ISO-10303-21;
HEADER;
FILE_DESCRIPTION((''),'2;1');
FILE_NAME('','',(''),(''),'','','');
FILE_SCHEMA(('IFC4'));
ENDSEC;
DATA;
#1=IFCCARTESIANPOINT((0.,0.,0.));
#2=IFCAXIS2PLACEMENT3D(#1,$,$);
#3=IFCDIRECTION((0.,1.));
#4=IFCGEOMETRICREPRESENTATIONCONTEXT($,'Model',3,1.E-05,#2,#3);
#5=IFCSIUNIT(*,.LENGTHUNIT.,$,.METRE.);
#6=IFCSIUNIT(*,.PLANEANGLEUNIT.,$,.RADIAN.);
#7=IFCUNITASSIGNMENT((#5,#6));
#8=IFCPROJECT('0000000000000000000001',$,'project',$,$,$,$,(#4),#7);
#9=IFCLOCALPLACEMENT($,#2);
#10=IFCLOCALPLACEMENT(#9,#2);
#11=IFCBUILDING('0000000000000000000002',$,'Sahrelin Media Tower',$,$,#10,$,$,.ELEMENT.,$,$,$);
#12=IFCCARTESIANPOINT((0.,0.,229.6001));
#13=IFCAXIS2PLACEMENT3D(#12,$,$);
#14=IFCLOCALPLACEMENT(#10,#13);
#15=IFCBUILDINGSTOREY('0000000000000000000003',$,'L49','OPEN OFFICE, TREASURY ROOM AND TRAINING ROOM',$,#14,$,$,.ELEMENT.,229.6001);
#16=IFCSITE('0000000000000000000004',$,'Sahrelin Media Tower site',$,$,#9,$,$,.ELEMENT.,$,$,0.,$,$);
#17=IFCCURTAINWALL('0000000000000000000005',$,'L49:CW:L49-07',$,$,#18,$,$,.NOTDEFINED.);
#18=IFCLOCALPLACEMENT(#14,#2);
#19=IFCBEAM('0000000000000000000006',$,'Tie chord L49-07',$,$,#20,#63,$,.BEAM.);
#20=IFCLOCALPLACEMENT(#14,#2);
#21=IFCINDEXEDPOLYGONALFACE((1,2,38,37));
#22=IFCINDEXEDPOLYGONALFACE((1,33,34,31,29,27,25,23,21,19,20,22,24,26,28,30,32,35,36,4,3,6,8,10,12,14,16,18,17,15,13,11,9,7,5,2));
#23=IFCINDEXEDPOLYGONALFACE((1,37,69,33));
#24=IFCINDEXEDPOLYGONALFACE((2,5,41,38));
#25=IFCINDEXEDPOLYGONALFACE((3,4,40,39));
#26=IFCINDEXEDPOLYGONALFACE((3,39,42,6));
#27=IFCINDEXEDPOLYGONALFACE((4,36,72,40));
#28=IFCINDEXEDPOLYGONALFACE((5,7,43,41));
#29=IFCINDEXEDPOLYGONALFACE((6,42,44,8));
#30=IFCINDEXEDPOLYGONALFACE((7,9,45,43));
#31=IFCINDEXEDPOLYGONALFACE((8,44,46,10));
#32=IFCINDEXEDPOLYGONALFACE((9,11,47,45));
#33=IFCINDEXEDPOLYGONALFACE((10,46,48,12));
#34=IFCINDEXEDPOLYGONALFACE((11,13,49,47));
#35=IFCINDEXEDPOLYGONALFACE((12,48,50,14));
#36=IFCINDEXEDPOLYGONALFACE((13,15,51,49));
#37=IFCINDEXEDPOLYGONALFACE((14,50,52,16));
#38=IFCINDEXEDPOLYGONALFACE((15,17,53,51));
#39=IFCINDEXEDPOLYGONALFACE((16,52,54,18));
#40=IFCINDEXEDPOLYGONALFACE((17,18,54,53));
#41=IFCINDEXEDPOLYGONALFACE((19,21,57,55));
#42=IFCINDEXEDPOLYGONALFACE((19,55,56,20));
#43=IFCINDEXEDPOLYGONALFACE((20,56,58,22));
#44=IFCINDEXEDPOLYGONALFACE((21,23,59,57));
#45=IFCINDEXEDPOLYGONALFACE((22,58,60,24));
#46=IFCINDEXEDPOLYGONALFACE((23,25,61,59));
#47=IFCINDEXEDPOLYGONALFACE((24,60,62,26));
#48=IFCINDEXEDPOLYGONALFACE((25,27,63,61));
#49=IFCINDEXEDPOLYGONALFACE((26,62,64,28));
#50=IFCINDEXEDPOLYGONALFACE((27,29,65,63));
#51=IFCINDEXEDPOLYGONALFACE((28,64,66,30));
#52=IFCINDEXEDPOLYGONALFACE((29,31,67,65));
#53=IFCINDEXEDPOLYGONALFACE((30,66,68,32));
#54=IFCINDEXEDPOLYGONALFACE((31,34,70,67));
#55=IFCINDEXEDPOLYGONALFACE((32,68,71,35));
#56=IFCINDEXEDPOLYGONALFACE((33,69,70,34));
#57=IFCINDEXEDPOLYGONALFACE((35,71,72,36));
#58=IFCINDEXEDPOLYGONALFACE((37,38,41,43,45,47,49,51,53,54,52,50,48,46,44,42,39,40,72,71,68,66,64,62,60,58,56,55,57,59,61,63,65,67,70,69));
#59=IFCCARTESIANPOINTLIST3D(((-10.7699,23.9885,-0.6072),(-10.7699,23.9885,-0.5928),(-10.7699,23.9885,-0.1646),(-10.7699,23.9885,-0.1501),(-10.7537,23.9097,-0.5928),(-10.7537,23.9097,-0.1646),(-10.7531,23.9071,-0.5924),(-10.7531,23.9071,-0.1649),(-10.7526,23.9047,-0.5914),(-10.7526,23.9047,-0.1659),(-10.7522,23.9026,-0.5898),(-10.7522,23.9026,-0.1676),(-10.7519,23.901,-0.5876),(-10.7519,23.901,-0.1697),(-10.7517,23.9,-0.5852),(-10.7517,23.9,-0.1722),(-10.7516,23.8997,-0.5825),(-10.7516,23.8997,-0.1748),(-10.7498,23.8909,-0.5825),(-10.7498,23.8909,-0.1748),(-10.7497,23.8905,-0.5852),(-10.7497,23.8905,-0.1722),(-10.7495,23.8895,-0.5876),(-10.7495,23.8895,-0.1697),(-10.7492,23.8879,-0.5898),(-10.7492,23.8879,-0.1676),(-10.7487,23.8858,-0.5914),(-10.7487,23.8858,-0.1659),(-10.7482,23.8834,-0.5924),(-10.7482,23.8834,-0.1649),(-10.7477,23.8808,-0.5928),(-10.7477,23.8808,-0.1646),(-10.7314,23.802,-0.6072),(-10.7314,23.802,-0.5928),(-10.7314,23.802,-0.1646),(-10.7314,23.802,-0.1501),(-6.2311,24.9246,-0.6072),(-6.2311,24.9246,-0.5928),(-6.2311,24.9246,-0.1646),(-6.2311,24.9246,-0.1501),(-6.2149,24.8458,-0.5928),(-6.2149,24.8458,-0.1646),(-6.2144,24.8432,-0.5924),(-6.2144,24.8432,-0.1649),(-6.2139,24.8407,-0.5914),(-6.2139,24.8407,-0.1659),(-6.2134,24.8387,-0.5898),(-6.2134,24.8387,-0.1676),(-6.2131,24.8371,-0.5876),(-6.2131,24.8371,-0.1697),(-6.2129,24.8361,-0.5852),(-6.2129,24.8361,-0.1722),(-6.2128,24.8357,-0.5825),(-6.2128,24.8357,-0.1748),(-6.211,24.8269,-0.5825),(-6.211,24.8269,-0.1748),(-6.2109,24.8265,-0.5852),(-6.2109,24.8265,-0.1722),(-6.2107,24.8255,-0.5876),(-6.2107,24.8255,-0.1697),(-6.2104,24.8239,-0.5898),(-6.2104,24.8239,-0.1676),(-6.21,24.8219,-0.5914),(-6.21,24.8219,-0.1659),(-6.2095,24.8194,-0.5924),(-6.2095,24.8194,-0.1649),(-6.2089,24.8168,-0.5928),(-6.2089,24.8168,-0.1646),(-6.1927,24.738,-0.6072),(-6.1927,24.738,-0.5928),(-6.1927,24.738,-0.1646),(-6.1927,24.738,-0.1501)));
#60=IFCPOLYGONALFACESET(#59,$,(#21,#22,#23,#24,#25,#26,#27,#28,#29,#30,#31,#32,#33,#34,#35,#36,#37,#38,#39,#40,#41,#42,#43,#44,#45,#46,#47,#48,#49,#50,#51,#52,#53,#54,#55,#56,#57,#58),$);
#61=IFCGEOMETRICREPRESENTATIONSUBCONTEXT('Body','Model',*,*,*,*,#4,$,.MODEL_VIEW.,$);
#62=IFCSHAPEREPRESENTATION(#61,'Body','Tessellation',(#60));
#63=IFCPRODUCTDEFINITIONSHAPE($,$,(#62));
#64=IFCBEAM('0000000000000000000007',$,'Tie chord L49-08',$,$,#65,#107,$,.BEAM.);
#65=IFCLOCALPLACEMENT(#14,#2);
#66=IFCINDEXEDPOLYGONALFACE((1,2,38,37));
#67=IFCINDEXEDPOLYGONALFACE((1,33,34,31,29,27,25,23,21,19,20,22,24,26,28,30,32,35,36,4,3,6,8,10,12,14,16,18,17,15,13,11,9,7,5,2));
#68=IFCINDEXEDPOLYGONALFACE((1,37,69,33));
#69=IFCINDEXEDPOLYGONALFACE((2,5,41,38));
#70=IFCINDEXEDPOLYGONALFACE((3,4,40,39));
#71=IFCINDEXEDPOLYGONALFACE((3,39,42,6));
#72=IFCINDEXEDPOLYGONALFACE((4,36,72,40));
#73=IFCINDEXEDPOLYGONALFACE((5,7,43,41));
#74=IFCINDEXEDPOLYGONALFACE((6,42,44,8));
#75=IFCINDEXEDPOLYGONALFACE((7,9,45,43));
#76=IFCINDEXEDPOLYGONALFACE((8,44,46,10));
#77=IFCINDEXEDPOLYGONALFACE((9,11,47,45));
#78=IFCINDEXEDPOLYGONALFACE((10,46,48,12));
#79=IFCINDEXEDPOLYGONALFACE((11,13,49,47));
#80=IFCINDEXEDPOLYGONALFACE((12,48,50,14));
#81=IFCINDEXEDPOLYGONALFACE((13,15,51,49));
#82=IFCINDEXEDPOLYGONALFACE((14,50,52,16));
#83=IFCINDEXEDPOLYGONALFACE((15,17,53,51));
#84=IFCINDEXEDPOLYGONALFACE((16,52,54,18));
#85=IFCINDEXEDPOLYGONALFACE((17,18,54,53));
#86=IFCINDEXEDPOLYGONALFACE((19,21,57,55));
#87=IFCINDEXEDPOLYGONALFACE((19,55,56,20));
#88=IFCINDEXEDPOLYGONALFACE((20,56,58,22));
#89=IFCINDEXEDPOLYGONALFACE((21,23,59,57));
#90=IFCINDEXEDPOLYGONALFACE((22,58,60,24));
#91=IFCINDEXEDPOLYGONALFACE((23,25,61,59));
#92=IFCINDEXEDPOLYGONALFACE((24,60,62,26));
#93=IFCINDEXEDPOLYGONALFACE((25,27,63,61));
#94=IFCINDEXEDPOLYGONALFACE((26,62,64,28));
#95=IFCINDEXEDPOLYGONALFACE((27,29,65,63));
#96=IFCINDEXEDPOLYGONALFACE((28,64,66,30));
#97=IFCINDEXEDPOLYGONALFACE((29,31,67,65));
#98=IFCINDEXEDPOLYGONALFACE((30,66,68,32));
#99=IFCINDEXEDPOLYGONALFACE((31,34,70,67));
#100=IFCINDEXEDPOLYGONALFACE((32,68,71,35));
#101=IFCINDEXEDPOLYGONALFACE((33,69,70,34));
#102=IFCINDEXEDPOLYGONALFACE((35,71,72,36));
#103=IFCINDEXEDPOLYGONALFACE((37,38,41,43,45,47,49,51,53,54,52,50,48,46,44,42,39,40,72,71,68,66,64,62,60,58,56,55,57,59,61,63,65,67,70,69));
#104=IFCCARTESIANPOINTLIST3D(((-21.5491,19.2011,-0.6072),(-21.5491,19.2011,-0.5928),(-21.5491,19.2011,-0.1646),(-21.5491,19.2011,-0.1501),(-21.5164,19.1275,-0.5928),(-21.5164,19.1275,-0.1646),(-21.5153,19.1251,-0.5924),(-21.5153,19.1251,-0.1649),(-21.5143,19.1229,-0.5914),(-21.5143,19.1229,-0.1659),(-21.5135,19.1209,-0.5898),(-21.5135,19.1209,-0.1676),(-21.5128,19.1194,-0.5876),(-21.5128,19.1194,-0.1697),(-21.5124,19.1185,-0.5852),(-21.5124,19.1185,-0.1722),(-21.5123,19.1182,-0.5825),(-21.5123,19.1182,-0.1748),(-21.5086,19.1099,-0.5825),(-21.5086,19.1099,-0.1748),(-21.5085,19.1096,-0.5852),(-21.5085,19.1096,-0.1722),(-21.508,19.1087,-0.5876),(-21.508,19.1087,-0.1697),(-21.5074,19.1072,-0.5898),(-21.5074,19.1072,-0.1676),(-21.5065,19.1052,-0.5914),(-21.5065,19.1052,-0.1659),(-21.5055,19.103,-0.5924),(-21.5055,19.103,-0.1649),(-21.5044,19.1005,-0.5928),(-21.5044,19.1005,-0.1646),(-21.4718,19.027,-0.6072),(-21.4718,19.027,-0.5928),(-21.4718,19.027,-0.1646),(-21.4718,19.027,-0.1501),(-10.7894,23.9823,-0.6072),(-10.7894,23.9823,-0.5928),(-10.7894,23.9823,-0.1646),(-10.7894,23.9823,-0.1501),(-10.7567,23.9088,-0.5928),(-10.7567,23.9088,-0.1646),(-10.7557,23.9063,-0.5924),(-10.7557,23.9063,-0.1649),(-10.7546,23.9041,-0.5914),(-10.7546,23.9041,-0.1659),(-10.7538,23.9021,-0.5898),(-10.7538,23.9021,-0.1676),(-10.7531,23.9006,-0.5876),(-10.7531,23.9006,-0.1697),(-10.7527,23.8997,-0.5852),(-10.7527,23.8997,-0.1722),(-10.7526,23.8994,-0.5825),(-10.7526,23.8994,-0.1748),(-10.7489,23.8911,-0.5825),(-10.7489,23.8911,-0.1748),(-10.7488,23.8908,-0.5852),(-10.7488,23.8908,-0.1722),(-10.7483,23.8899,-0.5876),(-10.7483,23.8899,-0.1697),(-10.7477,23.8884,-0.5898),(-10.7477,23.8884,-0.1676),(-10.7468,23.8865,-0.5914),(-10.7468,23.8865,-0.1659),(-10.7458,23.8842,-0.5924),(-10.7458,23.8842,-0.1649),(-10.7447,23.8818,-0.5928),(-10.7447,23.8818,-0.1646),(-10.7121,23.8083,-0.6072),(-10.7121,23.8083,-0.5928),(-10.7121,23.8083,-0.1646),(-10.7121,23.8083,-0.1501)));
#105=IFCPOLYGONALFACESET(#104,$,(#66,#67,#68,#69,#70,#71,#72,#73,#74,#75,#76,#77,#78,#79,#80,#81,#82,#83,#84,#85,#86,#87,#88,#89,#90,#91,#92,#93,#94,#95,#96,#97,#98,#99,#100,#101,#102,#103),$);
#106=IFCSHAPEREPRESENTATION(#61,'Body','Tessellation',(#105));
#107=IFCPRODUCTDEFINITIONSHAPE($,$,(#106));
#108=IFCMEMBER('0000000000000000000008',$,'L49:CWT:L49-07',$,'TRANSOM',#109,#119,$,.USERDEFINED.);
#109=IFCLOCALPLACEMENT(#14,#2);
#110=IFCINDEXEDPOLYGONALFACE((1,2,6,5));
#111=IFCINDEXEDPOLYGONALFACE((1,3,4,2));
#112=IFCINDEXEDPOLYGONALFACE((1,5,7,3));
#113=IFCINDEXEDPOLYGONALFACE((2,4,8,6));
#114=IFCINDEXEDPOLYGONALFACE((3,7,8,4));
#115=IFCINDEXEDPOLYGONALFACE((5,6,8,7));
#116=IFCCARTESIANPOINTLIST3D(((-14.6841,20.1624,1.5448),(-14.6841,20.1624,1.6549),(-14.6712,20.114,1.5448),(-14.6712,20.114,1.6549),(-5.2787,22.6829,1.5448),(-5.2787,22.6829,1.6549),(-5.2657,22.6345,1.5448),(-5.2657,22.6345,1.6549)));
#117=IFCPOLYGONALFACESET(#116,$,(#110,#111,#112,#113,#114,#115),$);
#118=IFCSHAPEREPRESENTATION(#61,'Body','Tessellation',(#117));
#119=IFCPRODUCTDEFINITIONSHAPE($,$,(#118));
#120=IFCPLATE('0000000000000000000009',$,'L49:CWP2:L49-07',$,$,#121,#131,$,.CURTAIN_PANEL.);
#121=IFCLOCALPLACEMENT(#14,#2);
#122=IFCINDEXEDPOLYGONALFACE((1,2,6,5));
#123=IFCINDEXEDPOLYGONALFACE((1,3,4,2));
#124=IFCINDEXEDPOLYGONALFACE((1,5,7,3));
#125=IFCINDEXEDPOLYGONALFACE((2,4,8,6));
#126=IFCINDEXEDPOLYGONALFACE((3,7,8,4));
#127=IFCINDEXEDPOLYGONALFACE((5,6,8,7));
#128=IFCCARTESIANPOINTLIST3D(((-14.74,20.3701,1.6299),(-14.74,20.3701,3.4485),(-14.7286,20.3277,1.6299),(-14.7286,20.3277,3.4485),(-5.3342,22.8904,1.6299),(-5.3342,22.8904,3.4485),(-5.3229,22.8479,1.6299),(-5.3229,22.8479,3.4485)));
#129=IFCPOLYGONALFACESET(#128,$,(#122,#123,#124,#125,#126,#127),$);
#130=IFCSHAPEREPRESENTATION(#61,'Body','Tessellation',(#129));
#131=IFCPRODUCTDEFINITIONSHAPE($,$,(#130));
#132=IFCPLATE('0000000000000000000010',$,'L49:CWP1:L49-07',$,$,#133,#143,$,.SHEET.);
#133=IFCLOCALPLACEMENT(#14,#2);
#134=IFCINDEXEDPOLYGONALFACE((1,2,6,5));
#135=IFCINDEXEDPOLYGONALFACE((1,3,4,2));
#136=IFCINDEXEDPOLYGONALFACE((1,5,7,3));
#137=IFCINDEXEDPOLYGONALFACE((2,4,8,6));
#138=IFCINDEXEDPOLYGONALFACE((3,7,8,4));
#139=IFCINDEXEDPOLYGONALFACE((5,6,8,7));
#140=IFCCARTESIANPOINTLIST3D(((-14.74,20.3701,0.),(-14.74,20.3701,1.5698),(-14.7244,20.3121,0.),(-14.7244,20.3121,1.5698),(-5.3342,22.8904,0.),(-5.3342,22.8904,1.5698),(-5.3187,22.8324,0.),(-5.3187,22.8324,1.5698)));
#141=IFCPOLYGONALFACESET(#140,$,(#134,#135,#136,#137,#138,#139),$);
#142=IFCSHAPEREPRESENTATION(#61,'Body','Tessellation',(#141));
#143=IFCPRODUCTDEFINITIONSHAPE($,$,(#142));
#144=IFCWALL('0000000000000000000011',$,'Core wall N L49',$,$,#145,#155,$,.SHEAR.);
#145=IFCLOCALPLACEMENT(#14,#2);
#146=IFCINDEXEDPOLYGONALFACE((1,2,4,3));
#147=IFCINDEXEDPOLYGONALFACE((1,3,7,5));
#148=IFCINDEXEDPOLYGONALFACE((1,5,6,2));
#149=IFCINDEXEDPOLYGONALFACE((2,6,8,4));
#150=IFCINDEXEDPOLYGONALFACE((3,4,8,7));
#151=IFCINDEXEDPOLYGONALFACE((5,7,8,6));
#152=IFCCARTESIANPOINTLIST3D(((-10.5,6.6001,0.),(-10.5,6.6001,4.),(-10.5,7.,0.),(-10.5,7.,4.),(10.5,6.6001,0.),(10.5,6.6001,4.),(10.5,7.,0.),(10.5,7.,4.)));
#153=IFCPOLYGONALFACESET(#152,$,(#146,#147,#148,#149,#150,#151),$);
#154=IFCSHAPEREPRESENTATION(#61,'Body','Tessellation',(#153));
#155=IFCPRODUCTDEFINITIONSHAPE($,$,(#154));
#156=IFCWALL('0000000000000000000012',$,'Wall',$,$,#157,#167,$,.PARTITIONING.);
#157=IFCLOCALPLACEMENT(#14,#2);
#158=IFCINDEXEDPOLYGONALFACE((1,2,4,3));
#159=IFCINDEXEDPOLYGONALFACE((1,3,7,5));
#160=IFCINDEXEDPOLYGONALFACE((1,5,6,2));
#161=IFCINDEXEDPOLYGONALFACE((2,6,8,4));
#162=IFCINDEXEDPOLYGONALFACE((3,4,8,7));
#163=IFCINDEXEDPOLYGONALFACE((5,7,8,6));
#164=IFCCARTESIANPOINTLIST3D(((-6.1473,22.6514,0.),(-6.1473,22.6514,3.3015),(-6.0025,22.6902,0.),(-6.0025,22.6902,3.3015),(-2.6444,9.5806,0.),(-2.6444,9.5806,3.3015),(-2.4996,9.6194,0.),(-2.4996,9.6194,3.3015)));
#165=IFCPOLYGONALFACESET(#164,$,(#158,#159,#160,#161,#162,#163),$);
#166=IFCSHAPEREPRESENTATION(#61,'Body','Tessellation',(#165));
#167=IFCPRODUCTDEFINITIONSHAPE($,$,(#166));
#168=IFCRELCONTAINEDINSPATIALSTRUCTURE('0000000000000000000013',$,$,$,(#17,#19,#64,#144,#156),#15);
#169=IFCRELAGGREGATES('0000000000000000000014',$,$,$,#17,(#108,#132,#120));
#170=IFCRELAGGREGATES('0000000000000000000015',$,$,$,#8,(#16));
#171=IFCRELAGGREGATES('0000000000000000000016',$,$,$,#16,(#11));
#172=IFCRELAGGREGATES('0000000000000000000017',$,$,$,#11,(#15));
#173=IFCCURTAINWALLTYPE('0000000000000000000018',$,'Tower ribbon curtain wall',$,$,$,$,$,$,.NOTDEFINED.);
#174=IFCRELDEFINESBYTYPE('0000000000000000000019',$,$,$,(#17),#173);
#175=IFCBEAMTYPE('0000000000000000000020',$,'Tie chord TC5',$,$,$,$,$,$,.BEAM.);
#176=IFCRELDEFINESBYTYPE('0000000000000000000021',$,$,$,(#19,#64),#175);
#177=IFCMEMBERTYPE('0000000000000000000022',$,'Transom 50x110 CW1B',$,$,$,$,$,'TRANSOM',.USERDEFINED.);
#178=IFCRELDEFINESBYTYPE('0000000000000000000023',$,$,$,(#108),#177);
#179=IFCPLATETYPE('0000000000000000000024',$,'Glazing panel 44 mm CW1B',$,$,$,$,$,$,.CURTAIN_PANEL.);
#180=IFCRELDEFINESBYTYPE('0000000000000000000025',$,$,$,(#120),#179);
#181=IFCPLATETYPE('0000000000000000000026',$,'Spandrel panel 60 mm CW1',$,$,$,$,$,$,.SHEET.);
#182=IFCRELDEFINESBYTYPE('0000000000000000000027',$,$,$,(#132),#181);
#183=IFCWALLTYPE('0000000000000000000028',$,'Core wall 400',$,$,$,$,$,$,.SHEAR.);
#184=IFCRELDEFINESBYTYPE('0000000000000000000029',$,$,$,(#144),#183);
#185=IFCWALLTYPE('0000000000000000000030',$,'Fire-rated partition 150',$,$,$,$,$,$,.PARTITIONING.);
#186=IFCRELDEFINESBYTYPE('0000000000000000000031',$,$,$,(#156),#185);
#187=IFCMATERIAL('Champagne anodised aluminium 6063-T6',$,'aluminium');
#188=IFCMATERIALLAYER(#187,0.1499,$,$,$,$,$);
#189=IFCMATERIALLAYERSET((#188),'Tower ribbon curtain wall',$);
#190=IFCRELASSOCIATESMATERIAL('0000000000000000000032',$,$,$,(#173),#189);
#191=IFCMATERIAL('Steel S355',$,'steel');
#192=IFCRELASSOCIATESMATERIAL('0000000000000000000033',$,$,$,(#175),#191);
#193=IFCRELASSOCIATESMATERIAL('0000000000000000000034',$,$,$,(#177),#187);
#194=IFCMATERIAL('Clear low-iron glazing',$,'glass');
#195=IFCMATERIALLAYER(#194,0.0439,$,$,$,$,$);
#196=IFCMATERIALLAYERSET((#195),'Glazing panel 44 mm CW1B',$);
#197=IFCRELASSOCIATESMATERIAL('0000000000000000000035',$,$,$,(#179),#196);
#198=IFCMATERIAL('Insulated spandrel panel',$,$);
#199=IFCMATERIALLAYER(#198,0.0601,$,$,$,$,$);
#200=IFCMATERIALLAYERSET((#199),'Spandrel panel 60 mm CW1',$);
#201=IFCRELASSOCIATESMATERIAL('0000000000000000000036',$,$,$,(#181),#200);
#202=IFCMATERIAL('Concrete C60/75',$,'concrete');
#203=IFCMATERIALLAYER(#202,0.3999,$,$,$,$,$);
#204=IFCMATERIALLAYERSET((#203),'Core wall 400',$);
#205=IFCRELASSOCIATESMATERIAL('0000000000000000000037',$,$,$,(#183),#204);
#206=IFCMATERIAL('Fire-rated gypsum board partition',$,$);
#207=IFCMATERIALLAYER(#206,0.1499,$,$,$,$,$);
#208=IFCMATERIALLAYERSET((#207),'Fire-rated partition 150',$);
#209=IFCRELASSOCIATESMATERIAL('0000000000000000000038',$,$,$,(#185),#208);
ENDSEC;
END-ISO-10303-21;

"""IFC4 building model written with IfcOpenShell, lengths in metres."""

from ifc_helpers import new_model, si_unit, direction, frame, frame_2d, origin, origin_2d, place, context, subcontext, project, spatial, polyline, rectangle, i_section, outline, extrude, material, layer, layer_set, material_profile, profile_set, type_object, element, aggregate, save


model = new_model("IFC4")

# Units and contexts
model_context = context("Model", 3, precision=1e-05, world=origin(), true_north=direction((0.0, 1.0)))
body_context = subcontext(model_context, "Body", "Model", "MODEL_VIEW")
ifc_project = project(units=[si_unit("LENGTHUNIT", "METRE"), si_unit("PLANEANGLEUNIT", "RADIAN")], contexts=[model_context])

# Site, building, storey
site_placement = place(None, origin())
site = spatial("IfcSite", under=ifc_project, at=site_placement, Name="Sahrelin Media Tower site", CompositionType="ELEMENT", RefElevation=0.0)
building_placement = place(site_placement, origin())
building = spatial("IfcBuilding", under=site, at=building_placement, Name="Sahrelin Media Tower", CompositionType="ELEMENT")
storey_placement = place(building_placement, frame((0.0, 0.0, 229.6001)))
storey = spatial("IfcBuildingStorey", under=building, at=storey_placement, Name="L49", Description="OPEN OFFICE, TREASURY ROOM AND TRAINING ROOM", CompositionType="ELEMENT", Elevation=229.6001)

# Shared definitions
ifc_material_1 = material(Name="Steel S355", Category="steel")

# Curtain wall
ifc_material_2 = material(Name="Champagne anodised aluminium 6063-T6", Category="aluminium")
ifc_layer_1 = layer(ifc_material_2, 0.1499)
ifc_layer_set_1 = layer_set([ifc_layer_1], Name="Tower ribbon curtain wall")
curtain_wall_type = type_object("IfcCurtainWallType", Name="Tower ribbon curtain wall", PredefinedType="NOTDEFINED", material=ifc_layer_set_1)
curtain_wall_1_placement = place(storey_placement, frame((-10.032, 21.6111, 0.0), z_axis=(0.0, 0.0, 1.0), x_axis=(1.0, 0.0, 0.0)))
curtain_wall_1 = element("IfcCurtainWall", 1, at=curtain_wall_1_placement, inside=storey, type_object=curtain_wall_type, Name="L49:CW:L49-07", PredefinedType="NOTDEFINED")

# Beams
ifc_material_profile_1 = material_profile(ifc_material_1, i_section(OverallWidth=0.1904, OverallDepth=0.457, WebThickness=0.009, FlangeThickness=0.0144, FilletRadius=0.0103, at=origin_2d()), Name="UB 457x191x74")
ifc_profile_set_1 = profile_set([ifc_material_profile_1], Name="Steel S355")
beam_type_1 = type_object("IfcBeamType", Name="Tie chord TC5", PredefinedType="BEAM", material=ifc_profile_set_1)
beam_1_placement = place(storey_placement, frame((-6.2119, 24.8313, -0.3787), z_axis=(-0.97939, -0.201978, 0.0), x_axis=(0.201978, -0.97939, 0.0)))
element("IfcBeam", 2, at=beam_1_placement, inside=storey, type_object=beam_type_1, Name="Tie chord L49-07", PredefinedType="BEAM", context=body_context, shape_type="SweptSolid", body=[
    extrude(i_section(OverallWidth=0.1904, OverallDepth=0.457, WebThickness=0.009, FlangeThickness=0.0144, FilletRadius=0.0103, at=origin_2d()), origin(), (0.0, 0.0, 1.0), 4.6343),
])
beam_2_placement = place(storey_placement, frame((-10.7507, 23.8953, -0.3787), z_axis=(-0.913839, -0.406077, 0.0), x_axis=(0.406077, -0.913839, 0.0)))
element("IfcBeam", 3, at=beam_2_placement, inside=storey, type_object=beam_type_1, Name="Tie chord L49-08", PredefinedType="BEAM", context=body_context, shape_type="SweptSolid", body=[
    extrude(i_section(OverallWidth=0.1904, OverallDepth=0.457, WebThickness=0.009, FlangeThickness=0.0144, FilletRadius=0.0103, at=origin_2d()), origin(), (0.0, 0.0, 1.0), 11.7742),
])

# Member
ifc_material_profile_2 = material_profile(ifc_material_2, rectangle(XDim=0.05, YDim=0.1101, at=origin_2d()), Name="Transom 50x110")
ifc_profile_set_2 = profile_set([ifc_material_profile_2], Name="Champagne anodised aluminium 6063-T6")
member_type_1 = type_object("IfcMemberType", Name="Transom 50x110 CW1B", ElementType="TRANSOM", PredefinedType="USERDEFINED", material=ifc_profile_set_2)
member_1_placement = place(storey_placement, frame((-5.2722, 22.6587, 1.5999), z_axis=(-0.965918, -0.258848, 0.0), x_axis=(0.258848, -0.965918, 0.0)))
member_1 = element("IfcMember", 4, at=member_1_placement, type_object=member_type_1, Name="L49:CWT:L49-07", ObjectType="TRANSOM", PredefinedType="USERDEFINED", context=body_context, shape_type="SweptSolid", body=[
    extrude(rectangle(XDim=0.05, YDim=0.1101, at=origin_2d()), origin(), (0.0, 0.0, 1.0), 9.7373),
])

# Plates
ifc_material_3 = material(Name="Clear low-iron glazing", Category="glass")
ifc_layer_2 = layer(ifc_material_3, 0.0439)
ifc_layer_set_2 = layer_set([ifc_layer_2], Name="Glazing panel 44 mm CW1B")
plate_type_1 = type_object("IfcPlateType", Name="Glazing panel 44 mm CW1B", PredefinedType="CURTAIN_PANEL", material=ifc_layer_set_2)
plate_1_placement = place(storey_placement, frame((-5.3342, 22.8904, 1.6299), z_axis=(-0.258819, 0.965926, 0.0), x_axis=(-0.965926, -0.258819, 0.0)))
plate_1 = element("IfcPlate", 5, at=plate_1_placement, type_object=plate_type_1, Name="L49:CWP2:L49-07", PredefinedType="CURTAIN_PANEL", context=body_context, shape_type="SweptSolid", body=[
    extrude(outline(polyline([(0.0, 0.0), (9.7375, 0.0), (9.7375, 1.8186), (0.0, 1.8186), (0.0, 0.0)])), origin(), (0.0, 0.0, -1.0), 0.0439),
])
ifc_material_4 = material(Name="Insulated spandrel panel")
ifc_layer_3 = layer(ifc_material_4, 0.0601)
ifc_layer_set_3 = layer_set([ifc_layer_3], Name="Spandrel panel 60 mm CW1")
plate_type_2 = type_object("IfcPlateType", Name="Spandrel panel 60 mm CW1", PredefinedType="SHEET", material=ifc_layer_set_3)
plate_2_placement = place(storey_placement, frame((-5.3342, 22.8904, 0.0), z_axis=(-0.258819, 0.965926, 0.0), x_axis=(-0.965926, -0.258819, 0.0)))
plate_2 = element("IfcPlate", 6, at=plate_2_placement, type_object=plate_type_2, Name="L49:CWP1:L49-07", PredefinedType="SHEET", context=body_context, shape_type="SweptSolid", body=[
    extrude(outline(polyline([(0.0, 0.0), (9.7375, 0.0), (9.7375, 1.5698), (0.0, 1.5698), (0.0, 0.0)])), origin(), (0.0, 0.0, -1.0), 0.0601),
])
aggregate(curtain_wall_1, [member_1, plate_2, plate_1])

# Walls
ifc_material_5 = material(Name="Concrete C60/75", Category="concrete")
ifc_layer_4 = layer(ifc_material_5, 0.3999)
ifc_layer_set_4 = layer_set([ifc_layer_4], Name="Core wall 400")
wall_type_1 = type_object("IfcWallType", Name="Core wall 400", PredefinedType="SHEAR", material=ifc_layer_set_4)
wall_1_placement = place(storey_placement, frame((-10.5, 6.8, 0.0), z_axis=(0.0, 0.0, 1.0), x_axis=(1.0, 0.0, 0.0)))
element("IfcWall", 7, at=wall_1_placement, inside=storey, type_object=wall_type_1, Name="Core wall N L49", PredefinedType="SHEAR", context=body_context, shape_type="SweptSolid", body=[
    extrude(rectangle(XDim=21.0, YDim=0.3999, at=frame_2d((10.5, 0.0))), origin(), (0.0, 0.0, 1.0), 4.0),
])
ifc_material_6 = material(Name="Fire-rated gypsum board partition")
ifc_layer_5 = layer(ifc_material_6, 0.1499)
ifc_layer_set_5 = layer_set([ifc_layer_5], Name="Fire-rated partition 150")
wall_type_2 = type_object("IfcWallType", Name="Fire-rated partition 150", PredefinedType="PARTITIONING", material=ifc_layer_set_5)
wall_2_placement = place(storey_placement, frame((-6.075, 22.6709, 0.0), z_axis=(0.0, 0.0, 1.0), x_axis=(0.258862, -0.965914, 0.0)))
element("IfcWall", 8, at=wall_2_placement, inside=storey, type_object=wall_type_2, Name="Wall", PredefinedType="PARTITIONING", context=body_context, shape_type="SweptSolid", body=[
    extrude(rectangle(XDim=13.532, YDim=0.1499, at=frame_2d((6.7661, 0.0))), origin(), (0.0, 0.0, 1.0), 3.3015),
])

save(model, "model.ifc")
